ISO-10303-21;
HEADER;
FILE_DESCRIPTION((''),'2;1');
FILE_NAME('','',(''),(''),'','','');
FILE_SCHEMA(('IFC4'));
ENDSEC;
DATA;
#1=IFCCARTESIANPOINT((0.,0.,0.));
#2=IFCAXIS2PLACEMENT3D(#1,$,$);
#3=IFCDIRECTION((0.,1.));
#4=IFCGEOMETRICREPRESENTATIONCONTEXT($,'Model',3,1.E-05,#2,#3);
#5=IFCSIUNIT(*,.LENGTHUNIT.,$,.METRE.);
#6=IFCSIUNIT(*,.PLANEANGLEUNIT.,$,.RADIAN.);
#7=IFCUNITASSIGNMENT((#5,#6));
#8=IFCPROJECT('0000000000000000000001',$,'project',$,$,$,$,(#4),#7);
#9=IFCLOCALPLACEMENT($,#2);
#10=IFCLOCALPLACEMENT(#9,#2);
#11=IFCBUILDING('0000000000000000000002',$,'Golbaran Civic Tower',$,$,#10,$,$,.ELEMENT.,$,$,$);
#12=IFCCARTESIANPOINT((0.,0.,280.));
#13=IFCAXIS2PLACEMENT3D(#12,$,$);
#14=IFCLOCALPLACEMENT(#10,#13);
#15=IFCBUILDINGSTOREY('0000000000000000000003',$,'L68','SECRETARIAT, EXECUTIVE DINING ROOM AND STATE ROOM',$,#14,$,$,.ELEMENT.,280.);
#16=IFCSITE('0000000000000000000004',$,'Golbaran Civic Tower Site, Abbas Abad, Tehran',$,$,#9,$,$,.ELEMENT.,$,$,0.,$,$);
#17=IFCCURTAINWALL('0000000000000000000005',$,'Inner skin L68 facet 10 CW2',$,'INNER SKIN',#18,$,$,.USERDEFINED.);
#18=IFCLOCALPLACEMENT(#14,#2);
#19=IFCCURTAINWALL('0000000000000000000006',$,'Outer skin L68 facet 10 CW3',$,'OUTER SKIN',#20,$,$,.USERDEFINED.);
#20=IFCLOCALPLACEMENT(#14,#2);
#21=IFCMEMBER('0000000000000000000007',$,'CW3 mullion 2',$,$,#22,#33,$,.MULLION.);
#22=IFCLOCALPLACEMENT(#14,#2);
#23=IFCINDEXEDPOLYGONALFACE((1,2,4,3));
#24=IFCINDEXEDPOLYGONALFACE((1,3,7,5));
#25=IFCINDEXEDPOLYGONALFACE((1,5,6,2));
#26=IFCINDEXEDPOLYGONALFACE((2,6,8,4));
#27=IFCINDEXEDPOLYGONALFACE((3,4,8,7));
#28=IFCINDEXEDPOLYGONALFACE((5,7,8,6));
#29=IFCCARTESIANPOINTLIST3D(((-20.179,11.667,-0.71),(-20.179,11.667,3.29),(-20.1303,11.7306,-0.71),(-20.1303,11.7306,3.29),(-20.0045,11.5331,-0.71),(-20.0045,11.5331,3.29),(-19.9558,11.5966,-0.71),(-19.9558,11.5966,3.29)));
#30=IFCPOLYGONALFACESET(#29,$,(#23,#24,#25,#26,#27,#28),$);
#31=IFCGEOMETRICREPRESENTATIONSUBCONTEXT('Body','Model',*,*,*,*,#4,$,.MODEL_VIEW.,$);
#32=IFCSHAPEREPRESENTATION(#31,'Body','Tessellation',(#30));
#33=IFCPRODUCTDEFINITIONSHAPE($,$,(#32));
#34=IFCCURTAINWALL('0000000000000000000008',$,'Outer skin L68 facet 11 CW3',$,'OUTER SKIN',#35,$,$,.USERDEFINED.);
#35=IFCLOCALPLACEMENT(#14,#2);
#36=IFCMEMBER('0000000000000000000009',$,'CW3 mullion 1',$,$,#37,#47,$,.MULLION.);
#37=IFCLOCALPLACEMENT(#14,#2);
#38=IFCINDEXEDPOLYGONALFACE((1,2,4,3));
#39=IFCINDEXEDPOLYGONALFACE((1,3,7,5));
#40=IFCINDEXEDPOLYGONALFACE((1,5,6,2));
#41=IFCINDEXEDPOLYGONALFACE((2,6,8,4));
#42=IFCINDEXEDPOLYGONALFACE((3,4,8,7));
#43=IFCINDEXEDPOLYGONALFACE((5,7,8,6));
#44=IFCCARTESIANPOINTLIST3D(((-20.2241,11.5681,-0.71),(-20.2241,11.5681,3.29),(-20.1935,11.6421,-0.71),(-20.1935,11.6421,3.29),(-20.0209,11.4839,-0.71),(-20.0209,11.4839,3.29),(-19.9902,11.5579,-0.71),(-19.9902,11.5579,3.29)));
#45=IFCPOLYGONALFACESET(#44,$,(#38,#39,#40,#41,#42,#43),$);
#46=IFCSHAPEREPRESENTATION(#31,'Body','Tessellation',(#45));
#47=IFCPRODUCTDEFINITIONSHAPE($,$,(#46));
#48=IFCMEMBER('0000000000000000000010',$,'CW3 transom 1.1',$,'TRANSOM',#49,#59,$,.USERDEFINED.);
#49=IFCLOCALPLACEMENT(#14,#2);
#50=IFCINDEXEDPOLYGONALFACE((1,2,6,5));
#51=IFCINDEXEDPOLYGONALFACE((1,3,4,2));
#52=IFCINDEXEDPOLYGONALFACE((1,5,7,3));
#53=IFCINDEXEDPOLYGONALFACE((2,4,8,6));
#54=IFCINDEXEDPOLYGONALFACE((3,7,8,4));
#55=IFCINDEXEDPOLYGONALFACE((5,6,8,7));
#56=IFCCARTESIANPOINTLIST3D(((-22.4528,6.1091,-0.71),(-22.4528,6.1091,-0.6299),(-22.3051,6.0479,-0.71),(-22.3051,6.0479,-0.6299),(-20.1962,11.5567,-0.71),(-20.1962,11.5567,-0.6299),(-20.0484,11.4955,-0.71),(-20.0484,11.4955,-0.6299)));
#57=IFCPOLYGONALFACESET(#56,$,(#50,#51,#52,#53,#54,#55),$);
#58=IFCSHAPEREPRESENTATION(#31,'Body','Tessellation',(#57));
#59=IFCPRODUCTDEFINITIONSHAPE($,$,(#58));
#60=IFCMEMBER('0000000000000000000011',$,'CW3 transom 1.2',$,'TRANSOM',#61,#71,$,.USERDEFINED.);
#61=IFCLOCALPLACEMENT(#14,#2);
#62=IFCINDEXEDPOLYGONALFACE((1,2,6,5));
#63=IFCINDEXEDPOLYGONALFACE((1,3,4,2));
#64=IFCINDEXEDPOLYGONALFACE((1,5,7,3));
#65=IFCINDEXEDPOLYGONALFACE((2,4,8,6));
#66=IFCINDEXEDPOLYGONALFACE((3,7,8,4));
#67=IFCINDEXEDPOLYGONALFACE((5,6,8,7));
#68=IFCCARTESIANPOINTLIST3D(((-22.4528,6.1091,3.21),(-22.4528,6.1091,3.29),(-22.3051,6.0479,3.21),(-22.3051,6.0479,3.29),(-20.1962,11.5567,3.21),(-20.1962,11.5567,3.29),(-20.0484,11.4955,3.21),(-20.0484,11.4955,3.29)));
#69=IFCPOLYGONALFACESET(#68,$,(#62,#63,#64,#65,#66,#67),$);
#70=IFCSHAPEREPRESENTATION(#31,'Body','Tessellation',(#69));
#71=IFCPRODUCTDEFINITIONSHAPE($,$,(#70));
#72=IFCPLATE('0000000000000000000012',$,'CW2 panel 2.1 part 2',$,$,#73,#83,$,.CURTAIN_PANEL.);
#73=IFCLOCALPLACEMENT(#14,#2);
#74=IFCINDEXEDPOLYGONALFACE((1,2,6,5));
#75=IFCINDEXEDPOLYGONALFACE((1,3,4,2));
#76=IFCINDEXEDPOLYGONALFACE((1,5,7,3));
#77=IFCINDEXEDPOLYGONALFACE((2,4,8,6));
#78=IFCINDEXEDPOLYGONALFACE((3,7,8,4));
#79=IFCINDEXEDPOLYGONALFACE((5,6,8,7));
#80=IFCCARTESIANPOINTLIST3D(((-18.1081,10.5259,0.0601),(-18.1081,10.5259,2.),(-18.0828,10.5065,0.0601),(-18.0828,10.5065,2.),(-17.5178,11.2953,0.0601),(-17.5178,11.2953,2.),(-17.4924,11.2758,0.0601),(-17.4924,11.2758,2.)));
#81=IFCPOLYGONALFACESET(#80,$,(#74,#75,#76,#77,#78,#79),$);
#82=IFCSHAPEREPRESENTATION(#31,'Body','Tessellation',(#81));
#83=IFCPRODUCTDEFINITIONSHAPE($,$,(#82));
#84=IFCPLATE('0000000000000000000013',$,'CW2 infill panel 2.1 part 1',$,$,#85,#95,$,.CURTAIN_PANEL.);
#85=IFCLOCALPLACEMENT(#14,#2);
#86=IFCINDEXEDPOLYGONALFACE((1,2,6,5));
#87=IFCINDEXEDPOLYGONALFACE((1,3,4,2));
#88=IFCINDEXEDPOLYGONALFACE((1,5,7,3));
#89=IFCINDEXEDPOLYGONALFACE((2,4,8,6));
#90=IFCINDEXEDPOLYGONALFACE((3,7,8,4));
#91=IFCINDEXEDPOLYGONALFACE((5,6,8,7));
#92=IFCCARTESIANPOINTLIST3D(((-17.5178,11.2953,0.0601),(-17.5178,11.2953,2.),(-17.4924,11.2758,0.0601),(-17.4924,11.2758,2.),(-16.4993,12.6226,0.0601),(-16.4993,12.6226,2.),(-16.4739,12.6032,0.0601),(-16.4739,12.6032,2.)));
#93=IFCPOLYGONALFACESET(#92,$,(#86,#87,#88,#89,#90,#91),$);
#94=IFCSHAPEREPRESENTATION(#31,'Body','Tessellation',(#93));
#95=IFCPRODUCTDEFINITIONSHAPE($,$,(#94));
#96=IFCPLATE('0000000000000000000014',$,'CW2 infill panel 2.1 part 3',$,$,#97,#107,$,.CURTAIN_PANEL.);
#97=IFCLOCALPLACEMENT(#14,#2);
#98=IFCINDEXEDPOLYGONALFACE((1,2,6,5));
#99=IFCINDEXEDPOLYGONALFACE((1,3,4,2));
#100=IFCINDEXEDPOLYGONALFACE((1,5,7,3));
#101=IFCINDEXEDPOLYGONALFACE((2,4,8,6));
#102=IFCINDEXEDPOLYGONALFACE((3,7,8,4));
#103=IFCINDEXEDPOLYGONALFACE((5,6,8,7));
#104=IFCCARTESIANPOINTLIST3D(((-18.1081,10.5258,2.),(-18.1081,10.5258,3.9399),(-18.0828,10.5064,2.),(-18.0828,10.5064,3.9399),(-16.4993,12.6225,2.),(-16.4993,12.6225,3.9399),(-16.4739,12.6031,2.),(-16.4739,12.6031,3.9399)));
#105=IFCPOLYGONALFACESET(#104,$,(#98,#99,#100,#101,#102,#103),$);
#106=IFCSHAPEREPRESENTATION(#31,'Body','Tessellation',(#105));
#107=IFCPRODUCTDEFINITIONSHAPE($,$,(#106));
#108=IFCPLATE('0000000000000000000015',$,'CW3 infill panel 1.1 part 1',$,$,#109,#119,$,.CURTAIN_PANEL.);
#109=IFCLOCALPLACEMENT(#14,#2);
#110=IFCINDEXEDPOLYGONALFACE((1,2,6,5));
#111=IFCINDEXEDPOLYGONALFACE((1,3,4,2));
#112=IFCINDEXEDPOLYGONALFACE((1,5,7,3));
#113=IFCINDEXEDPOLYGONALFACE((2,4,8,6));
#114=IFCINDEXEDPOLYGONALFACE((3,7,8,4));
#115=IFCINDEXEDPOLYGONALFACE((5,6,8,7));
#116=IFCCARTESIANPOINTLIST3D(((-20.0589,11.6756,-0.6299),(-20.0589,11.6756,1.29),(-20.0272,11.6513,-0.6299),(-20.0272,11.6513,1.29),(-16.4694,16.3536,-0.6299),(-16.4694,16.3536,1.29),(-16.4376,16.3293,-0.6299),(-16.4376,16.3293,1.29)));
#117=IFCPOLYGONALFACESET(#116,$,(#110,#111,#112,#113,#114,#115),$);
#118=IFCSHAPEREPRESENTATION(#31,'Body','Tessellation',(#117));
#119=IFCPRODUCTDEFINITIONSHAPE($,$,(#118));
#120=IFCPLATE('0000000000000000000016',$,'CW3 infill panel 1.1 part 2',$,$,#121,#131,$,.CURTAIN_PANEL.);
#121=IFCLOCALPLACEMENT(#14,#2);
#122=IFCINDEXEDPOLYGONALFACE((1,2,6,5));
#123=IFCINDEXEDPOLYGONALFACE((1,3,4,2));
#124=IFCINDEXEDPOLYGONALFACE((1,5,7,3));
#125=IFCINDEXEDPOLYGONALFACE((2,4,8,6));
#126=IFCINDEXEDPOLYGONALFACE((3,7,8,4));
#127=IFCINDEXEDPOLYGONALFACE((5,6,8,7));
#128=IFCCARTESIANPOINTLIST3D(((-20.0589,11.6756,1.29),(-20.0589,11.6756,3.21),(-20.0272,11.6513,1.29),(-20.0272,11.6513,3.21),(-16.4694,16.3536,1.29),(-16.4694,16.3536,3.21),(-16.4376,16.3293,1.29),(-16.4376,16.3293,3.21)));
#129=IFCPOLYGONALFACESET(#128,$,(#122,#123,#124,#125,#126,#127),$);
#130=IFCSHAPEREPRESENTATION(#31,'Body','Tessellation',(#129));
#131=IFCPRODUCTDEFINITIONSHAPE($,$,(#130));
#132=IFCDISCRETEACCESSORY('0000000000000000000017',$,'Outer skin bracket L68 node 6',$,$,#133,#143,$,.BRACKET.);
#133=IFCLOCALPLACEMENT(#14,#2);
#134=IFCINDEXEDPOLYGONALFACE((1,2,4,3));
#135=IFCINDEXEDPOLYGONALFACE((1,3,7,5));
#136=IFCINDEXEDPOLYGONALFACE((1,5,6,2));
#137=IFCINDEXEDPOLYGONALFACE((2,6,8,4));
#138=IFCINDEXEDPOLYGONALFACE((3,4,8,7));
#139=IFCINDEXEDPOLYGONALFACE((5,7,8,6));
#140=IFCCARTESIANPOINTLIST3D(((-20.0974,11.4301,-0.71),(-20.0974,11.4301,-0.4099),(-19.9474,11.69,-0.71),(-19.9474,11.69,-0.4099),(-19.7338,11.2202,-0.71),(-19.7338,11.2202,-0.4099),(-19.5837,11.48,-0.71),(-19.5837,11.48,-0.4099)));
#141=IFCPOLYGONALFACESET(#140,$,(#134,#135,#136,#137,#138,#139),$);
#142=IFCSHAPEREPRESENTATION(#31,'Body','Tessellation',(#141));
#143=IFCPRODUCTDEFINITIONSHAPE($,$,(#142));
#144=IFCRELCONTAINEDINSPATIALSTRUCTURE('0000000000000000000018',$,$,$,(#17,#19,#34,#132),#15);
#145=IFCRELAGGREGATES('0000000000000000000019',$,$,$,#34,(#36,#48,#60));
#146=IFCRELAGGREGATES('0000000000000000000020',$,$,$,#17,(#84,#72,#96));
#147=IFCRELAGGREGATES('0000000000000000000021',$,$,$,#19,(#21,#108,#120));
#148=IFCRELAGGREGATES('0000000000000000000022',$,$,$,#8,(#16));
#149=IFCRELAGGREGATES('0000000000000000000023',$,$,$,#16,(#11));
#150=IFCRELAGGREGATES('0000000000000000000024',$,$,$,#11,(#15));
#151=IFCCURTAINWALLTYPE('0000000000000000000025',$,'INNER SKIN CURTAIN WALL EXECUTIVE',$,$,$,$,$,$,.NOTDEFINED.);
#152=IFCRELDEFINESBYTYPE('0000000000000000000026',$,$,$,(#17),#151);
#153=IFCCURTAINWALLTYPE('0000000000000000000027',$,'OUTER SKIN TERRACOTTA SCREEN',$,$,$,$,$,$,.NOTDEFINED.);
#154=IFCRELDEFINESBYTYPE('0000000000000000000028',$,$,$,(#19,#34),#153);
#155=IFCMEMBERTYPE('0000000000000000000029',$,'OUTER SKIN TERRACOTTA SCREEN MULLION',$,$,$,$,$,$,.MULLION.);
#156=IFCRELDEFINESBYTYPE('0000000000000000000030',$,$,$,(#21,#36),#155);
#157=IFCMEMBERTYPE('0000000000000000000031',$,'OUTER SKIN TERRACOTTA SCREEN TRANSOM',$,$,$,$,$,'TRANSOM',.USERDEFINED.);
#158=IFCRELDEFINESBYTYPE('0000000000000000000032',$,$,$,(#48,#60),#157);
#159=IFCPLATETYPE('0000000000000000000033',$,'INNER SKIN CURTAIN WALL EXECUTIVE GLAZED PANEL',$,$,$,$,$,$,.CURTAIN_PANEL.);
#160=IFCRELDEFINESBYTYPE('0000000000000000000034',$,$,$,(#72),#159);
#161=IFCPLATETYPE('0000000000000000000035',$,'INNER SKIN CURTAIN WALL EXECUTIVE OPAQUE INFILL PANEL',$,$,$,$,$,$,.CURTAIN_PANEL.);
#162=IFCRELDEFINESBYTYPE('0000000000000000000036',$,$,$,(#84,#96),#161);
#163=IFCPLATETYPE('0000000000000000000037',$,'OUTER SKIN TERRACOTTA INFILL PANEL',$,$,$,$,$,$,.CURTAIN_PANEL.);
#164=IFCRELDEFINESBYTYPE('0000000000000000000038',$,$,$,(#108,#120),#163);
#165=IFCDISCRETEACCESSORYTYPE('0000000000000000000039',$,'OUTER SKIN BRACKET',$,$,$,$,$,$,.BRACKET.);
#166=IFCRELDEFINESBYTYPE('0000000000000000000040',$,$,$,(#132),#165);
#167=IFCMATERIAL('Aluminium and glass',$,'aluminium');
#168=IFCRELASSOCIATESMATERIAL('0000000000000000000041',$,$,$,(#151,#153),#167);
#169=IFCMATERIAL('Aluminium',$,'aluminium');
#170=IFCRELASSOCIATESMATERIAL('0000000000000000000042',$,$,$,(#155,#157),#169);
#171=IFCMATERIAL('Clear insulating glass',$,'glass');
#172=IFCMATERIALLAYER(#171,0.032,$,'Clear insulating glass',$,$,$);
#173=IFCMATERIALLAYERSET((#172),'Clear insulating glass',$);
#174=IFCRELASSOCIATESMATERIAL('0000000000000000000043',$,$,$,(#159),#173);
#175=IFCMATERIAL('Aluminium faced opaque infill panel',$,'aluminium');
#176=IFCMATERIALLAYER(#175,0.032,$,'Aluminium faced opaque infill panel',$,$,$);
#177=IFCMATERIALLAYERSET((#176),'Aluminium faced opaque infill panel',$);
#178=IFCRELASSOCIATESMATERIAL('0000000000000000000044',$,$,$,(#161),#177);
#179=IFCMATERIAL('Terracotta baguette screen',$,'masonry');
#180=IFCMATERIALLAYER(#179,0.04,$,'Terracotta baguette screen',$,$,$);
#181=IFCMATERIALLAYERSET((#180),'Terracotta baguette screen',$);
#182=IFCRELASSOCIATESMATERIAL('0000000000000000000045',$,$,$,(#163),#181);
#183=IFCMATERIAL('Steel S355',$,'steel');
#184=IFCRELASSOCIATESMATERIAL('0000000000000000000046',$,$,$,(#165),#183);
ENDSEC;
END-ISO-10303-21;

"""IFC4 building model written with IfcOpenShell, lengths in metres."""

from ifc_helpers import new_model, si_unit, direction, frame, origin, origin_2d, place, context, subcontext, project, spatial, rectangle, extrude, material, layer, layer_set, material_profile, profile_set, type_object, element, aggregate, save


model = new_model("IFC4")

# Units and contexts
model_context = context("Model", 3, precision=1e-05, world=origin(), true_north=direction((0.0, 1.0)))
body_context = subcontext(model_context, "Body", "Model", "MODEL_VIEW")
ifc_project = project(units=[si_unit("LENGTHUNIT", "METRE"), si_unit("PLANEANGLEUNIT", "RADIAN")], contexts=[model_context])

# Site, building, storey
site_placement = place(None, origin())
site = spatial("IfcSite", under=ifc_project, at=site_placement, Name="Golbaran Civic Tower Site, Abbas Abad, Tehran", CompositionType="ELEMENT", RefElevation=0.0)
building_placement = place(site_placement, origin())
building = spatial("IfcBuilding", under=site, at=building_placement, Name="Golbaran Civic Tower", CompositionType="ELEMENT")
storey_placement = place(building_placement, frame((0.0, 0.0, 280.0)))
storey = spatial("IfcBuildingStorey", under=building, at=storey_placement, Name="L68", Description="SECRETARIAT, EXECUTIVE DINING ROOM AND STATE ROOM", CompositionType="ELEMENT", Elevation=280.0)

# Shared definitions
ifc_material_1 = material(Name="Steel S355", Category="steel")

# Curtain wall
ifc_material_2 = material(Name="Aluminium and glass", Category="aluminium")
curtain_wall_type_1 = type_object("IfcCurtainWallType", Name="INNER SKIN CURTAIN WALL EXECUTIVE", PredefinedType="NOTDEFINED", material=ifc_material_2)
curtain_wall_1_placement = place(storey_placement, origin())
curtain_wall_1 = element("IfcCurtainWall", 1, at=curtain_wall_1_placement, inside=storey, type_object=curtain_wall_type_1, Name="Inner skin L68 facet 10 CW2", ObjectType="INNER SKIN", PredefinedType="USERDEFINED")
ifc_material_3 = material(Name="Aluminium", Category="aluminium")

# Curtain wall, member
curtain_wall_type_2 = type_object("IfcCurtainWallType", Name="OUTER SKIN TERRACOTTA SCREEN", PredefinedType="NOTDEFINED", material=ifc_material_2)
curtain_wall_2_placement = place(storey_placement, origin())
curtain_wall_2 = element("IfcCurtainWall", 2, at=curtain_wall_2_placement, inside=storey, type_object=curtain_wall_type_2, Name="Outer skin L68 facet 10 CW3", ObjectType="OUTER SKIN", PredefinedType="USERDEFINED")
ifc_material_profile_1 = material_profile(ifc_material_3, rectangle(XDim=0.22, YDim=0.0801, at=origin_2d()), Name="OUTER SKIN TERRACOTTA SCREEN MULLION")
ifc_profile_set_1 = profile_set([ifc_material_profile_1], Name="Aluminium")
member_type_1 = type_object("IfcMemberType", Name="OUTER SKIN TERRACOTTA SCREEN MULLION", PredefinedType="MULLION", material=ifc_profile_set_1)
member_1_placement = place(storey_placement, frame((-20.0674, 11.6318, -0.71), z_axis=(0.0, 0.0, 1.0), x_axis=(0.793353, -0.608761, 0.0)))
member_1 = element("IfcMember", 3, at=member_1_placement, type_object=member_type_1, Name="CW3 mullion 2", PredefinedType="MULLION", context=body_context, shape_type="SweptSolid", body=[
    extrude(rectangle(XDim=0.22, YDim=0.0801, at=origin_2d()), origin(), (0.0, 0.0, 1.0), 4.0),
])

# Curtain wall, members
curtain_wall_3_placement = place(storey_placement, origin())
curtain_wall_3 = element("IfcCurtainWall", 4, at=curtain_wall_3_placement, inside=storey, type_object=curtain_wall_type_2, Name="Outer skin L68 facet 11 CW3", ObjectType="OUTER SKIN", PredefinedType="USERDEFINED")
member_2_placement = place(storey_placement, frame((-20.1072, 11.563, -0.71), z_axis=(0.0, 0.0, 1.0), x_axis=(0.92388, -0.382683, 0.0)))
member_2 = element("IfcMember", 5, at=member_2_placement, type_object=member_type_1, Name="CW3 mullion 1", PredefinedType="MULLION", context=body_context, shape_type="SweptSolid", body=[
    extrude(rectangle(XDim=0.22, YDim=0.0801, at=origin_2d()), origin(), (0.0, 0.0, 1.0), 4.0),
])
ifc_material_profile_2 = material_profile(ifc_material_3, rectangle(XDim=0.1599, YDim=0.0801, at=origin_2d()), Name="OUTER SKIN TERRACOTTA SCREEN TRANSOM")
ifc_profile_set_2 = profile_set([ifc_material_profile_2], Name="Aluminium")
member_type_2 = type_object("IfcMemberType", Name="OUTER SKIN TERRACOTTA SCREEN TRANSOM", ElementType="TRANSOM", PredefinedType="USERDEFINED", material=ifc_profile_set_2)
member_3_placement = place(storey_placement, frame((-20.1223, 11.5261, -0.6699), z_axis=(-0.382707, -0.92387, 0.0), x_axis=(0.92387, -0.382707, 0.0)))
member_3 = element("IfcMember", 6, at=member_3_placement, type_object=member_type_2, Name="CW3 transom 1.1", ObjectType="TRANSOM", PredefinedType="USERDEFINED", context=body_context, shape_type="SweptSolid", body=[
    extrude(rectangle(XDim=0.1599, YDim=0.0801, at=origin_2d()), origin(), (0.0, 0.0, 1.0), 5.8965),
])
member_4_placement = place(storey_placement, frame((-20.1223, 11.5261, 3.25), z_axis=(-0.382707, -0.92387, 0.0), x_axis=(0.92387, -0.382707, 0.0)))
member_4 = element("IfcMember", 7, at=member_4_placement, type_object=member_type_2, Name="CW3 transom 1.2", ObjectType="TRANSOM", PredefinedType="USERDEFINED", context=body_context, shape_type="SweptSolid", body=[
    extrude(rectangle(XDim=0.1599, YDim=0.0801, at=origin_2d()), origin(), (0.0, 0.0, 1.0), 5.8965),
])
aggregate(curtain_wall_3, [member_2, member_3, member_4])

# Plates
ifc_material_4 = material(Name="Clear insulating glass", Category="glass")
ifc_layer_1 = layer(ifc_material_4, 0.032, Name="Clear insulating glass")
ifc_layer_set_1 = layer_set([ifc_layer_1], Name="Clear insulating glass")
plate_type_1 = type_object("IfcPlateType", Name="INNER SKIN CURTAIN WALL EXECUTIVE GLAZED PANEL", PredefinedType="CURTAIN_PANEL", material=ifc_layer_set_1)
plate_1_placement = place(storey_placement, frame((-17.8003, 10.9009, 0.0601), z_axis=(0.0, 0.0, 1.0), x_axis=(-0.608761, -0.793353, 0.0)))
plate_1 = element("IfcPlate", 8, at=plate_1_placement, type_object=plate_type_1, Name="CW2 panel 2.1 part 2", PredefinedType="CURTAIN_PANEL", context=body_context, shape_type="SweptSolid", body=[
    extrude(rectangle(XDim=0.9697, YDim=0.032, at=origin_2d()), origin(), (0.0, 0.0, 1.0), 1.9399),
])
ifc_material_5 = material(Name="Aluminium faced opaque infill panel", Category="aluminium")
ifc_layer_2 = layer(ifc_material_5, 0.032, Name="Aluminium faced opaque infill panel")
ifc_layer_set_2 = layer_set([ifc_layer_2], Name="Aluminium faced opaque infill panel")
plate_type_2 = type_object("IfcPlateType", Name="INNER SKIN CURTAIN WALL EXECUTIVE OPAQUE INFILL PANEL", PredefinedType="CURTAIN_PANEL", material=ifc_layer_set_2)
plate_2_placement = place(storey_placement, frame((-16.9958, 11.9492, 0.0601), z_axis=(0.0, 0.0, 1.0), x_axis=(-0.608761, -0.793353, 0.0)))
plate_2 = element("IfcPlate", 9, at=plate_2_placement, type_object=plate_type_2, Name="CW2 infill panel 2.1 part 1", PredefinedType="CURTAIN_PANEL", context=body_context, shape_type="SweptSolid", body=[
    extrude(rectangle(XDim=1.6731, YDim=0.032, at=origin_2d()), origin(), (0.0, 0.0, 1.0), 1.9399),
])
plate_3_placement = place(storey_placement, frame((-17.291, 11.5645, 2.0), z_axis=(0.0, 0.0, 1.0), x_axis=(-0.608761, -0.793353, 0.0)))
plate_3 = element("IfcPlate", 10, at=plate_3_placement, type_object=plate_type_2, Name="CW2 infill panel 2.1 part 3", PredefinedType="CURTAIN_PANEL", context=body_context, shape_type="SweptSolid", body=[
    extrude(rectangle(XDim=2.6428, YDim=0.032, at=origin_2d()), origin(), (0.0, 0.0, 1.0), 1.9399),
])
aggregate(curtain_wall_1, [plate_2, plate_1, plate_3])
ifc_material_6 = material(Name="Terracotta baguette screen", Category="masonry")
ifc_layer_3 = layer(ifc_material_6, 0.04, Name="Terracotta baguette screen")
ifc_layer_set_3 = layer_set([ifc_layer_3], Name="Terracotta baguette screen")
plate_type_3 = type_object("IfcPlateType", Name="OUTER SKIN TERRACOTTA INFILL PANEL", PredefinedType="CURTAIN_PANEL", material=ifc_layer_set_3)
plate_4_placement = place(storey_placement, frame((-18.2483, 14.0024, -0.6299), z_axis=(0.0, 0.0, 1.0), x_axis=(-0.608761, -0.793353, 0.0)))
plate_4 = element("IfcPlate", 11, at=plate_4_placement, type_object=plate_type_3, Name="CW3 infill panel 1.1 part 1", PredefinedType="CURTAIN_PANEL", context=body_context, shape_type="SweptSolid", body=[
    extrude(rectangle(XDim=5.8965, YDim=0.04, at=origin_2d()), origin(), (0.0, 0.0, 1.0), 1.9199),
])
plate_5_placement = place(storey_placement, frame((-18.2483, 14.0024, 1.29), z_axis=(0.0, 0.0, 1.0), x_axis=(-0.608761, -0.793353, 0.0)))
plate_5 = element("IfcPlate", 12, at=plate_5_placement, type_object=plate_type_3, Name="CW3 infill panel 1.1 part 2", PredefinedType="CURTAIN_PANEL", context=body_context, shape_type="SweptSolid", body=[
    extrude(rectangle(XDim=5.8965, YDim=0.04, at=origin_2d()), origin(), (0.0, 0.0, 1.0), 1.9199),
])
aggregate(curtain_wall_2, [member_1, plate_4, plate_5])

# Discrete accessory
discrete_accessory_type = type_object("IfcDiscreteAccessoryType", Name="OUTER SKIN BRACKET", PredefinedType="BRACKET", material=ifc_material_1)
discrete_accessory_placement = place(storey_placement, frame((-19.8406, 11.4551, -0.71), z_axis=(0.0, 0.0, 1.0), x_axis=(-0.866025, 0.5, 0.0)))
element("IfcDiscreteAccessory", 13, at=discrete_accessory_placement, inside=storey, type_object=discrete_accessory_type, Name="Outer skin bracket L68 node 6", PredefinedType="BRACKET", context=body_context, shape_type="SweptSolid", body=[
    extrude(rectangle(XDim=0.4199, YDim=0.3, at=origin_2d()), origin(), (0.0, 0.0, 1.0), 0.3),
])

save(model, "model.ifc")
